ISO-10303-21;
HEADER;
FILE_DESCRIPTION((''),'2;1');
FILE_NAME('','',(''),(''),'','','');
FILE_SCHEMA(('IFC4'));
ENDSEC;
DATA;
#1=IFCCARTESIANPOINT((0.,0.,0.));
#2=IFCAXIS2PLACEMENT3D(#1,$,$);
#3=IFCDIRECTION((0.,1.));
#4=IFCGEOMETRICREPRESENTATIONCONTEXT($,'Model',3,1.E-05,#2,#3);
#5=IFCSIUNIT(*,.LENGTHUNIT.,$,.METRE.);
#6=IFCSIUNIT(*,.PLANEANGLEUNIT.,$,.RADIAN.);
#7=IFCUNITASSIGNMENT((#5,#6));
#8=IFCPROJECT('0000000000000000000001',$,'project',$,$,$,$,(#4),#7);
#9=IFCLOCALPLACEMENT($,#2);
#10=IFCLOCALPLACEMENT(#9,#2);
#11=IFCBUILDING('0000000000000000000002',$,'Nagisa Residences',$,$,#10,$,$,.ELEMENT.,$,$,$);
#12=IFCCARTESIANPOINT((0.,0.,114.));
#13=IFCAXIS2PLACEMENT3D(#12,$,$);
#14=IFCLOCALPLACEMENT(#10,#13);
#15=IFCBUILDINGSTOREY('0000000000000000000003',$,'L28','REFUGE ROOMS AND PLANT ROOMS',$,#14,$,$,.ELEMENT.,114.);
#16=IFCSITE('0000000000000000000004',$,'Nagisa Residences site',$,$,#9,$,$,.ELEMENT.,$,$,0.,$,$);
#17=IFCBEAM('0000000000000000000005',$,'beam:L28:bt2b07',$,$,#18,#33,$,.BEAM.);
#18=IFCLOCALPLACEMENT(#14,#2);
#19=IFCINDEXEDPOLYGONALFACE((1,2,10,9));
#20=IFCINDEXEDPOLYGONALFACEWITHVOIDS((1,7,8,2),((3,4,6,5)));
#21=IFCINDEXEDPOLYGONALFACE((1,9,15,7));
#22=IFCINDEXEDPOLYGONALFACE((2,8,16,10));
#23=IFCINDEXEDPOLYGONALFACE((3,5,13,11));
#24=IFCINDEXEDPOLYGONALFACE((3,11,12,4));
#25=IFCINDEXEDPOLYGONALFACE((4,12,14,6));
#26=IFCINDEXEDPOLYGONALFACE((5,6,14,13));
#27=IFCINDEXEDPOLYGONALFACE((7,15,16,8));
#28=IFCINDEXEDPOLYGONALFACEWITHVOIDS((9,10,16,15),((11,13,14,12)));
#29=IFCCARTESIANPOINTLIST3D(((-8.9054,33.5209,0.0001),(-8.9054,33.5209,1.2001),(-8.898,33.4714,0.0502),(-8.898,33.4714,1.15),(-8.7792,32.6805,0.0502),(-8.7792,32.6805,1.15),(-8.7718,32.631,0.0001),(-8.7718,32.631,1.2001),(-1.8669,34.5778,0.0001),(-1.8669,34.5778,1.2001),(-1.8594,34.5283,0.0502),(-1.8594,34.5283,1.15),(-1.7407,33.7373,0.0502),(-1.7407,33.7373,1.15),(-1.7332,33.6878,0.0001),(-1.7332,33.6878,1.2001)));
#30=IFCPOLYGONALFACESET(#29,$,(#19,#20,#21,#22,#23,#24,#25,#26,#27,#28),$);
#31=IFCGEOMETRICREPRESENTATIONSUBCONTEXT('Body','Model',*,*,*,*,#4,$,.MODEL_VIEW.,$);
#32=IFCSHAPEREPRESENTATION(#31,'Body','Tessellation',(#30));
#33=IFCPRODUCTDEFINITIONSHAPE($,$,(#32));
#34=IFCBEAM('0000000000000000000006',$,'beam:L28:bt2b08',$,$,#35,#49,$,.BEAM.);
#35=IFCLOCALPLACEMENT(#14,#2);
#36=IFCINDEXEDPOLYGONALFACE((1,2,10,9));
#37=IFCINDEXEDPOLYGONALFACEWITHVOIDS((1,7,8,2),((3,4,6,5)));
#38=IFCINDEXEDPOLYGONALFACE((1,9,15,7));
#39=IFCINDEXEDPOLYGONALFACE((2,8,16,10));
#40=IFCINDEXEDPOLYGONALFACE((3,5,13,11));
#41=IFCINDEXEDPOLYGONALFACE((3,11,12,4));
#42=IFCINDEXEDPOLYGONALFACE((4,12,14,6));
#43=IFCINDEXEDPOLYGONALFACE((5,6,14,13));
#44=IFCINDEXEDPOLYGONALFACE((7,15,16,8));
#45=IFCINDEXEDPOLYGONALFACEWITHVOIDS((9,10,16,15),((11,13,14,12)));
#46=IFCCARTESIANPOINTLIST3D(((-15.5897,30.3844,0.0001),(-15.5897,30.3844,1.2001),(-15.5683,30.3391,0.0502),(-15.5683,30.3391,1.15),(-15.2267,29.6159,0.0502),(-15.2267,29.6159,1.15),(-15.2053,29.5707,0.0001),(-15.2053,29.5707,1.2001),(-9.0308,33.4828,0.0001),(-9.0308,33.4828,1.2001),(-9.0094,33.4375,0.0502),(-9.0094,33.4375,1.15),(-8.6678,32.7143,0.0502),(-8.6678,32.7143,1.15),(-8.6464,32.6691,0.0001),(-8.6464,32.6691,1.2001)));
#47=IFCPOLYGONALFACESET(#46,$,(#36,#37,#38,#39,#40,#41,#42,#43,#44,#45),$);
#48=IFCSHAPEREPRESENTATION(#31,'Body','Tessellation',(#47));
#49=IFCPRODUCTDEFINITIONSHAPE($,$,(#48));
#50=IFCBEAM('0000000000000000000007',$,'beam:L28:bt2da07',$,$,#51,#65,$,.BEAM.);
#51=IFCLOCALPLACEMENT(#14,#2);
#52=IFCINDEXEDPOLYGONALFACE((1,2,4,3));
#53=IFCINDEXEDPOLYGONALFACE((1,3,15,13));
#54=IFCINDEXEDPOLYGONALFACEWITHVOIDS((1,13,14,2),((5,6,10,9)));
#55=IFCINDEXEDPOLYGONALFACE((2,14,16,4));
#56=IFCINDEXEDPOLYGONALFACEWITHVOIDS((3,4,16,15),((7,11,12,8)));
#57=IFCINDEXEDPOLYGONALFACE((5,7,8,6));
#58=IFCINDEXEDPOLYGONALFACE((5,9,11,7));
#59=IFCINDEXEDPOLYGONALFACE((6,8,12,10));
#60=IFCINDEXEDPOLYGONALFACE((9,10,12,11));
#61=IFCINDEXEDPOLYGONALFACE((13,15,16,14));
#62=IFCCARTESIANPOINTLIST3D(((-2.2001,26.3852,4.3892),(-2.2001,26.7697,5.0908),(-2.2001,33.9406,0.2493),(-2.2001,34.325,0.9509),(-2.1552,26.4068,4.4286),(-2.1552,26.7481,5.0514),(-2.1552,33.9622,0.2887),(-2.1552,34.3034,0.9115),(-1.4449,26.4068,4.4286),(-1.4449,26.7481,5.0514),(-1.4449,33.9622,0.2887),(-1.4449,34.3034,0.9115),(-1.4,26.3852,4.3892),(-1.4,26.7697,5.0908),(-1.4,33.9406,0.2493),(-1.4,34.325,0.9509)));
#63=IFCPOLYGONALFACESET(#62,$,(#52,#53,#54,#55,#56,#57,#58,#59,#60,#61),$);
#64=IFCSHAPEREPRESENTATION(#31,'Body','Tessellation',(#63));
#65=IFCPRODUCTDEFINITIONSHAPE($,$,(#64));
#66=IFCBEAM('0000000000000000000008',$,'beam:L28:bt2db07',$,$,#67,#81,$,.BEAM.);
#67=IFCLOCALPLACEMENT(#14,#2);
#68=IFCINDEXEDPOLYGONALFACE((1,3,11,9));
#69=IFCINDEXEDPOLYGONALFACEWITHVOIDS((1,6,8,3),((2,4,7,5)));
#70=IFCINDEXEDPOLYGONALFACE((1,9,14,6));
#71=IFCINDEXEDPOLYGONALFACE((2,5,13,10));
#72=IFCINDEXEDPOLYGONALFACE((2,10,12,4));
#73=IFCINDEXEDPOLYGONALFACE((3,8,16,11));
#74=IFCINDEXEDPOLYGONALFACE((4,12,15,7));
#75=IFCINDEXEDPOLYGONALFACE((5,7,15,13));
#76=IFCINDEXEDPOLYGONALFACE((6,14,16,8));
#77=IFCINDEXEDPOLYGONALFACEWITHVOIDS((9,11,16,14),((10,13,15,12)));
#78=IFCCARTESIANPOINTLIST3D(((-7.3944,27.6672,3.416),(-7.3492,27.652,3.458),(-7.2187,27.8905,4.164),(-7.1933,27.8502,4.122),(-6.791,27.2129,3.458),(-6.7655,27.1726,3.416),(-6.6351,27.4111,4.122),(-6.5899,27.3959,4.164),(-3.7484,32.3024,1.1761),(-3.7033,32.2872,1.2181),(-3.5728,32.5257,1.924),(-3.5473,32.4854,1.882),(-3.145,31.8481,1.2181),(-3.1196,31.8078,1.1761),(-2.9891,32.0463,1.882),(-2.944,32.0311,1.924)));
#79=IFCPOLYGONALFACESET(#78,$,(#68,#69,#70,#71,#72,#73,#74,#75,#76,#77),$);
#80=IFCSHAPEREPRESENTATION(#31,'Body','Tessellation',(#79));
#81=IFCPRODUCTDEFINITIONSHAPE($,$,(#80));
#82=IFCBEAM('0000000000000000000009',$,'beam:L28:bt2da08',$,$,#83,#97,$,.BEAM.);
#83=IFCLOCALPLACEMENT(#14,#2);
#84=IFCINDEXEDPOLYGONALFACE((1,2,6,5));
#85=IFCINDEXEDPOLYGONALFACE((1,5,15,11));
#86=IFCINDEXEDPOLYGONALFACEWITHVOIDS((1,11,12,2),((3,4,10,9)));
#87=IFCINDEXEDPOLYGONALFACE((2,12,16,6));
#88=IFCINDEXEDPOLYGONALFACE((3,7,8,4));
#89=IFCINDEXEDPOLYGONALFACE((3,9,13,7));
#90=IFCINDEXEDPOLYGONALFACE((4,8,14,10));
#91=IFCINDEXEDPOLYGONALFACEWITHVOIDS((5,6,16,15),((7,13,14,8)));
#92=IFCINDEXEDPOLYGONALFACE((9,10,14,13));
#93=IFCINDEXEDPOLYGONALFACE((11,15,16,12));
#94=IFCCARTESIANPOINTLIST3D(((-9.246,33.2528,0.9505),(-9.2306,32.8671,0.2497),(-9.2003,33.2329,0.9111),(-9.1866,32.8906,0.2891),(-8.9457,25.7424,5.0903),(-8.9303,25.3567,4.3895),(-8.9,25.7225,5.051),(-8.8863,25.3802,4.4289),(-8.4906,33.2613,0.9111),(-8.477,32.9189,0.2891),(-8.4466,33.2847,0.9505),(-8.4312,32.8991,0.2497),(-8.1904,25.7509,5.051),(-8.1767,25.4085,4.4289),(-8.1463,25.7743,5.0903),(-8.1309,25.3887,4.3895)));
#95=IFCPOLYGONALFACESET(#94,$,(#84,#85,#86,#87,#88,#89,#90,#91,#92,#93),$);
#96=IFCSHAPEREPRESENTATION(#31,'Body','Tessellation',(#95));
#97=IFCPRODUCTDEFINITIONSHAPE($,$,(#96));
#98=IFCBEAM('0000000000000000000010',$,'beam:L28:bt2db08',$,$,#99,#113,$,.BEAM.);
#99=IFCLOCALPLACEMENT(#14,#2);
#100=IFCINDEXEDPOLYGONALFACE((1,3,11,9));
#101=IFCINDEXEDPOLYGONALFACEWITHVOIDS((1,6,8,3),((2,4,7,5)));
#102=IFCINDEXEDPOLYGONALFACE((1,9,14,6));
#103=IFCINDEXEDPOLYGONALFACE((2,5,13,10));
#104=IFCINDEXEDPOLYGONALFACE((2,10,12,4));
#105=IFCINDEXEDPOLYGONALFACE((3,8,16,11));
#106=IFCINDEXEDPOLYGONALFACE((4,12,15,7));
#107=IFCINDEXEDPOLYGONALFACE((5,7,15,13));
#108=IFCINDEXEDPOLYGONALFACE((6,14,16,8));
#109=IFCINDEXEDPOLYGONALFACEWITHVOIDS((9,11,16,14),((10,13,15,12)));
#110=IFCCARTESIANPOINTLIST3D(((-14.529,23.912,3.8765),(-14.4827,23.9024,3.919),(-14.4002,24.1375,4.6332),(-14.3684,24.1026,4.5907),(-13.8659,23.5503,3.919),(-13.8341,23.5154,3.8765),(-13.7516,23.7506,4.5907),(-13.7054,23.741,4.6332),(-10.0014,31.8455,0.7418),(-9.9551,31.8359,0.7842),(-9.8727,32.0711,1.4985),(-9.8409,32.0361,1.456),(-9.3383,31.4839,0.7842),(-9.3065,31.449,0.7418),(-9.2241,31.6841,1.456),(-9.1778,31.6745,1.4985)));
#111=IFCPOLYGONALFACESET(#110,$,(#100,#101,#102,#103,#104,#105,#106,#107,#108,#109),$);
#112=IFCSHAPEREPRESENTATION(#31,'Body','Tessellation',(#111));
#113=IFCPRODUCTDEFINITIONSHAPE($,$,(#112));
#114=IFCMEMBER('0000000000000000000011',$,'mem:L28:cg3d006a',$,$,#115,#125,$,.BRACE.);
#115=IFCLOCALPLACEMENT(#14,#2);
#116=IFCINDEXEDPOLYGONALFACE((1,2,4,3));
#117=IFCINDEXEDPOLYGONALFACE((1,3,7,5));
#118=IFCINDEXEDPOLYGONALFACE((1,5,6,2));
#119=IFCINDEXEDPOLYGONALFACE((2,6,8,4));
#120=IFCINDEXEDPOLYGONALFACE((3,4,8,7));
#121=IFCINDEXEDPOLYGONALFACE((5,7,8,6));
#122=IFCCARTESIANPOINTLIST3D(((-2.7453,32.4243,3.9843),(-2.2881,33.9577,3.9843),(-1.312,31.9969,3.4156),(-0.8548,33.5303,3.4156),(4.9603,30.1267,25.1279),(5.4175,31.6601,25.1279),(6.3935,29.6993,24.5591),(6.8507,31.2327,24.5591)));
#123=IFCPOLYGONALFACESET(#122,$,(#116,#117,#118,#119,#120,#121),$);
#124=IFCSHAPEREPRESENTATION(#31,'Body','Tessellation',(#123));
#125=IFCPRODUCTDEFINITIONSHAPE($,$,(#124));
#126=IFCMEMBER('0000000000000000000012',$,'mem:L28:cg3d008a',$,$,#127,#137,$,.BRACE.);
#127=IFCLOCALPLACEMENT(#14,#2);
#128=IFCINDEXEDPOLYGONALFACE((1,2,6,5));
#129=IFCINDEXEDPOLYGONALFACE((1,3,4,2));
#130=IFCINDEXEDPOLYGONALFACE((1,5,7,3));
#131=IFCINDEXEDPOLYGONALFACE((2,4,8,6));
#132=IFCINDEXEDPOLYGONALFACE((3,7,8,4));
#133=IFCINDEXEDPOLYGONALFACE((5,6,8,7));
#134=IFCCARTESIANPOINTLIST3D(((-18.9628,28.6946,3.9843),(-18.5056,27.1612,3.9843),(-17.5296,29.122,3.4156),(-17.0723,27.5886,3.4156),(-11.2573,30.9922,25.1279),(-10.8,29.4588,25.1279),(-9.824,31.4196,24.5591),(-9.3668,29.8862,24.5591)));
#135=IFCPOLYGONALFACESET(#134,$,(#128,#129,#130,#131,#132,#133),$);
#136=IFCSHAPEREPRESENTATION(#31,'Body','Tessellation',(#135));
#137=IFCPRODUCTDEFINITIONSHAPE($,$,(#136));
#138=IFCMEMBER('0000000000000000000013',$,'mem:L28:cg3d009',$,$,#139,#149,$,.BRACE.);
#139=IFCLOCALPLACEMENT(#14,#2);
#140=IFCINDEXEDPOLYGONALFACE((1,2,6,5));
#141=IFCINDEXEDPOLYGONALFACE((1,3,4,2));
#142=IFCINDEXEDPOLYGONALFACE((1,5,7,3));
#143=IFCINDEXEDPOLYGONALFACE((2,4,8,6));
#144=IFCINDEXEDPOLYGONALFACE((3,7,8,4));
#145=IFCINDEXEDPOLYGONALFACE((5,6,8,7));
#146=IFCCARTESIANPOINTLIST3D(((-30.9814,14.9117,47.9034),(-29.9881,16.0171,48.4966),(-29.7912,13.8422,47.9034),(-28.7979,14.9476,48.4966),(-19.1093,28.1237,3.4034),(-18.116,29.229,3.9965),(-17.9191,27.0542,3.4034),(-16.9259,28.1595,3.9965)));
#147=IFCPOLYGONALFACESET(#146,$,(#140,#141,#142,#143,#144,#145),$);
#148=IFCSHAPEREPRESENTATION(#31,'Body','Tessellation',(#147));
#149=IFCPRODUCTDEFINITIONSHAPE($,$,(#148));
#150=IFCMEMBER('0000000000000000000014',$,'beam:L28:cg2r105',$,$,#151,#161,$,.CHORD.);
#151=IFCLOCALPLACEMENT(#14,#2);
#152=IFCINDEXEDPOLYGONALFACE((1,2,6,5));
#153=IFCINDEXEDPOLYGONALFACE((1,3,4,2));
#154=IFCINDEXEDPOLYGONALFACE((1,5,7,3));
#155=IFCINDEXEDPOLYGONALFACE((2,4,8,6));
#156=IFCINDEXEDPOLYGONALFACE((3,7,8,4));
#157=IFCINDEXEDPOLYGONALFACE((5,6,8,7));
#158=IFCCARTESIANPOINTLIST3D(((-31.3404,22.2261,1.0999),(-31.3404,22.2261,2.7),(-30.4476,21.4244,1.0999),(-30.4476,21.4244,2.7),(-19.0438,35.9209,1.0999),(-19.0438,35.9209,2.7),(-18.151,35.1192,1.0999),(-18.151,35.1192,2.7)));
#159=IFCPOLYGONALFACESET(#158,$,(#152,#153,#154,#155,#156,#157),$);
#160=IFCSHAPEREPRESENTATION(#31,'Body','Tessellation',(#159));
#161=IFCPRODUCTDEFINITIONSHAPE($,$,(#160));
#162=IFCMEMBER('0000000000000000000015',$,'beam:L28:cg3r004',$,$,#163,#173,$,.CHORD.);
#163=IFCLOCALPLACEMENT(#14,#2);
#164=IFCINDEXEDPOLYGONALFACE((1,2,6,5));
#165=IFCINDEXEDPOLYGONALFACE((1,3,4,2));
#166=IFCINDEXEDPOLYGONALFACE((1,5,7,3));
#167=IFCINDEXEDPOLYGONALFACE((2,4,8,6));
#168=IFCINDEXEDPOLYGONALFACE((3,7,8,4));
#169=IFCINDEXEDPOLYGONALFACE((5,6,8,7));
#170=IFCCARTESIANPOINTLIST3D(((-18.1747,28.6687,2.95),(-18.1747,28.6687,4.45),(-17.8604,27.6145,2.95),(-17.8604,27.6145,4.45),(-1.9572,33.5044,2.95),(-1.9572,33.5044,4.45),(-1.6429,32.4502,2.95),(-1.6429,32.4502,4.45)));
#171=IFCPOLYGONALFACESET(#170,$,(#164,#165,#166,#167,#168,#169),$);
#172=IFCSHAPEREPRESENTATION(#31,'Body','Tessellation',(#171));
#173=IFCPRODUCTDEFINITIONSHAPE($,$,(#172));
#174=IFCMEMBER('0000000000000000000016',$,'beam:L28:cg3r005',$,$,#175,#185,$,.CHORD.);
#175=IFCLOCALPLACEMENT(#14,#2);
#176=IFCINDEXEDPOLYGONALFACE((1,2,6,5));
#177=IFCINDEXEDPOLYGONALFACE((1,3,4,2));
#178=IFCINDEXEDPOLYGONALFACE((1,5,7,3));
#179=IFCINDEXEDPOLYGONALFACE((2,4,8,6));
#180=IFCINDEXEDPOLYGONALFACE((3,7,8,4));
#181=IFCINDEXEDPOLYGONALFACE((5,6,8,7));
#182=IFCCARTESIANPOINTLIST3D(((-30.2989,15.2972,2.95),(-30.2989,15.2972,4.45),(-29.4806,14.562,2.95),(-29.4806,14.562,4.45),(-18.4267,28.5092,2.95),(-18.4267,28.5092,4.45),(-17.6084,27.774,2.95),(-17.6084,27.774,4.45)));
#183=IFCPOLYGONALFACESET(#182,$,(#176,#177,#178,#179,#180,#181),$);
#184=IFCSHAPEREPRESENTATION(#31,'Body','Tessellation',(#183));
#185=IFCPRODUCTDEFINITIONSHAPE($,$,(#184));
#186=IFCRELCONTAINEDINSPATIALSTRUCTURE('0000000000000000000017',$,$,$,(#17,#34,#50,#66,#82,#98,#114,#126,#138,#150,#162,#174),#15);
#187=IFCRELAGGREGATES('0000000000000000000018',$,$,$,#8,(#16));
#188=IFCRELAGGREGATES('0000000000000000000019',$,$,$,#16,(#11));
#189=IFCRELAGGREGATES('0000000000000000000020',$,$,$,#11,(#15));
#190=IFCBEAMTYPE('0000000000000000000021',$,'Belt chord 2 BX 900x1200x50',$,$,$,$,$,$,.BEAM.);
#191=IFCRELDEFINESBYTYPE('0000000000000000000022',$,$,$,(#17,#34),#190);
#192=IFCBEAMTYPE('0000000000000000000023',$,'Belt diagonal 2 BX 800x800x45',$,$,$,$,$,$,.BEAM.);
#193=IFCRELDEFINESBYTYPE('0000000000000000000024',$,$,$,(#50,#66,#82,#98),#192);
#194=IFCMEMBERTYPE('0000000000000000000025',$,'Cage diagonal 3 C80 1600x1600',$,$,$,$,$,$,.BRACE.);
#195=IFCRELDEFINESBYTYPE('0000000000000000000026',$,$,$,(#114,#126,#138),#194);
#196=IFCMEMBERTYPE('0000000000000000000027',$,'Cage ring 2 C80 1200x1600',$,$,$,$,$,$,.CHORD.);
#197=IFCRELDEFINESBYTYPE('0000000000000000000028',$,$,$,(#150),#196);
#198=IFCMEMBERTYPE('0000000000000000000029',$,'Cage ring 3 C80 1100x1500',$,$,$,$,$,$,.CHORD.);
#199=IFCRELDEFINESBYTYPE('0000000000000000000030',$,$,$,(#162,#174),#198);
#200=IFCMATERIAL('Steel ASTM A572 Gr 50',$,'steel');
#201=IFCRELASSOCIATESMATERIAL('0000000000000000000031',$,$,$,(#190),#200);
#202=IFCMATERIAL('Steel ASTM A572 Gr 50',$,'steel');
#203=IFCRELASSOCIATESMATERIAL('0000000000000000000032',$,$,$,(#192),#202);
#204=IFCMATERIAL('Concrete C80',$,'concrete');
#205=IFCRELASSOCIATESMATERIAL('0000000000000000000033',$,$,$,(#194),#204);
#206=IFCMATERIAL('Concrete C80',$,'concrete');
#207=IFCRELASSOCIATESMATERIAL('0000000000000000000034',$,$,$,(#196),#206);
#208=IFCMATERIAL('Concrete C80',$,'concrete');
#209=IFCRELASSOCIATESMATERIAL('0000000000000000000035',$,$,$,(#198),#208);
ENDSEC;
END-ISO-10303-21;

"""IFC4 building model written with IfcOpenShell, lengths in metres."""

from ifc_helpers import new_model, si_unit, direction, frame, origin, origin_2d, place, context, subcontext, project, spatial, rectangle, hollow_rectangle, extrude, material, material_profile, profile_set, type_object, element, save


model = new_model("IFC4")

# Units and contexts
model_context = context("Model", 3, precision=1e-05, world=origin(), true_north=direction((0.0, 1.0)))
body_context = subcontext(model_context, "Body", "Model", "MODEL_VIEW")
ifc_project = project(units=[si_unit("LENGTHUNIT", "METRE"), si_unit("PLANEANGLEUNIT", "RADIAN")], contexts=[model_context])

# Site, building, storey
site_placement = place(None, origin())
site = spatial("IfcSite", under=ifc_project, at=site_placement, Name="Nagisa Residences site", CompositionType="ELEMENT", RefElevation=0.0)
building_placement = place(site_placement, origin())
building = spatial("IfcBuilding", under=site, at=building_placement, Name="Nagisa Residences", CompositionType="ELEMENT")
storey_placement = place(building_placement, frame((0.0, 0.0, 114.0)))
storey = spatial("IfcBuildingStorey", under=building, at=storey_placement, Name="L28", Description="REFUGE ROOMS AND PLANT ROOMS", CompositionType="ELEMENT", Elevation=114.0)

# Beams
ifc_material_1 = material(Name="Steel ASTM A572 Gr 50", Category="steel")
ifc_material_profile_1 = material_profile(ifc_material_1, hollow_rectangle(XDim=0.8999, YDim=1.2, WallThickness=0.05, at=origin_2d()), Name="BX 900x1200x50")
ifc_profile_set_1 = profile_set([ifc_material_profile_1], Name="Steel ASTM A572 Gr 50")
beam_type_1 = type_object("IfcBeamType", Name="Belt chord 2 BX 900x1200x50", PredefinedType="BEAM", material=ifc_profile_set_1)
beam_1_placement = place(storey_placement, frame((-1.8, 34.1328, 0.6001), z_axis=(-0.988914, -0.148491, 0.0), x_axis=(0.148491, -0.988914, 0.0)))
element("IfcBeam", 1, at=beam_1_placement, inside=storey, type_object=beam_type_1, Name="beam:L28:bt2b07", PredefinedType="BEAM", context=body_context, shape_type="SweptSolid", body=[
    extrude(hollow_rectangle(XDim=0.8999, YDim=1.2, WallThickness=0.05, at=origin_2d()), origin(), (0.0, 0.0, 1.0), 7.1174),
])
beam_2_placement = place(storey_placement, frame((-8.8386, 33.0759, 0.6001), z_axis=(-0.904187, -0.427137, 0.0), x_axis=(0.427137, -0.904187, 0.0)))
element("IfcBeam", 2, at=beam_2_placement, inside=storey, type_object=beam_type_1, Name="beam:L28:bt2b08", PredefinedType="BEAM", context=body_context, shape_type="SweptSolid", body=[
    extrude(hollow_rectangle(XDim=0.8999, YDim=1.2, WallThickness=0.05, at=origin_2d()), origin(), (0.0, 0.0, 1.0), 7.2539),
])
ifc_material_2 = material(Name="Steel ASTM A572 Gr 50", Category="steel")
ifc_material_profile_2 = material_profile(ifc_material_2, hollow_rectangle(XDim=0.8, YDim=0.8, WallThickness=0.0449, at=origin_2d()), Name="BX 800x800x45")
ifc_profile_set_2 = profile_set([ifc_material_profile_2], Name="Steel ASTM A572 Gr 50")
beam_type_2 = type_object("IfcBeamType", Name="Belt diagonal 2 BX 800x800x45", PredefinedType="BEAM", material=ifc_profile_set_2)
beam_3_placement = place(storey_placement, frame((-1.8, 34.1328, 0.6001), z_axis=(0.0, -0.876979, 0.480529), x_axis=(1.0, 0.0, 0.0)))
element("IfcBeam", 3, at=beam_3_placement, inside=storey, type_object=beam_type_2, Name="beam:L28:bt2da07", PredefinedType="BEAM", context=body_context, shape_type="SweptSolid", body=[
    extrude(hollow_rectangle(XDim=0.8, YDim=0.8, WallThickness=0.0449, at=origin_2d()), origin(), (0.0, 0.0, 1.0), 8.6152),
])
beam_4_placement = place(storey_placement, frame((-3.3462, 32.1667, 1.55), z_axis=(-0.577955, -0.73477, 0.355078), x_axis=(0.785988, -0.618242, 0.0)))
element("IfcBeam", 4, at=beam_4_placement, inside=storey, type_object=beam_type_2, Name="beam:L28:bt2db07", PredefinedType="BEAM", context=body_context, shape_type="SweptSolid", body=[
    extrude(hollow_rectangle(XDim=0.8, YDim=0.8, WallThickness=0.0449, at=origin_2d()), origin(), (0.0, 0.0, 1.0), 6.3083),
])
beam_5_placement = place(storey_placement, frame((-8.8386, 33.0759, 0.6001), z_axis=(0.034994, -0.87523, 0.482439), x_axis=(0.999202, 0.039951, 0.0)))
element("IfcBeam", 5, at=beam_5_placement, inside=storey, type_object=beam_type_2, Name="beam:L28:bt2da08", PredefinedType="BEAM", context=body_context, shape_type="SweptSolid", body=[
    extrude(hollow_rectangle(XDim=0.8, YDim=0.8, WallThickness=0.0449, at=origin_2d()), origin(), (0.0, 0.0, 1.0), 8.5811),
])
beam_6_placement = place(storey_placement, frame((-9.5896, 31.76, 1.1201), z_axis=(-0.468815, -0.821494, 0.324593), x_axis=(0.868521, -0.495652, 0.0)))
element("IfcBeam", 6, at=beam_6_placement, inside=storey, type_object=beam_type_2, Name="beam:L28:bt2db08", PredefinedType="BEAM", context=body_context, shape_type="SweptSolid", body=[
    extrude(hollow_rectangle(XDim=0.8, YDim=0.8, WallThickness=0.0449, at=origin_2d()), origin(), (0.0, 0.0, 1.0), 9.6575),
])

# Members
ifc_material_3 = material(Name="Concrete C80", Category="concrete")
ifc_material_profile_3 = material_profile(ifc_material_3, rectangle(XDim=1.6001, YDim=1.6001, at=origin_2d()), Name="C80 1600x1600")
ifc_profile_set_3 = profile_set([ifc_material_profile_3], Name="Concrete C80")
member_type_1 = type_object("IfcMemberType", Name="Cage diagonal 3 C80 1600x1600", PredefinedType="BRACE", material=ifc_profile_set_3)
for number, where, z_axis, x_axis, name in (
    (7, (-1.8, 32.9773, 3.7), (0.340639, -0.10157, 0.934692), (0.285743, 0.958306, 0.0), "mem:L28:cg3d006a"),
    (8, (-18.0176, 28.1416, 3.7), (0.340639, 0.10157, 0.934692), (-0.285743, 0.958306, 0.0), "mem:L28:cg3d008a"),
):
    element("IfcMember", number, at=place(storey_placement, frame(where, z_axis=z_axis, x_axis=x_axis)), inside=storey, type_object=member_type_1, Name=name, PredefinedType="BRACE", context=body_context, shape_type="SweptSolid", body=[
        extrude(rectangle(XDim=1.6001, YDim=1.6001, at=origin_2d()), origin(), (0.0, 0.0, 1.0), 22.6208),
    ])
member_1_placement = place(storey_placement, frame((-18.0176, 28.1416, 3.7), z_axis=(-0.247779, -0.275742, 0.928747), x_axis=(0.743816, -0.668384, 0.0)))
element("IfcMember", 9, at=member_1_placement, inside=storey, type_object=member_type_1, Name="mem:L28:cg3d009", PredefinedType="BRACE", context=body_context, shape_type="SweptSolid", body=[
    extrude(rectangle(XDim=1.6001, YDim=1.6001, at=origin_2d()), origin(), (0.0, 0.0, 1.0), 47.9141),
])
ifc_material_4 = material(Name="Concrete C80", Category="concrete")
ifc_material_profile_4 = material_profile(ifc_material_4, rectangle(XDim=1.2, YDim=1.6001, at=origin_2d()), Name="C80 1200x1600")
ifc_profile_set_4 = profile_set([ifc_material_profile_4], Name="Concrete C80")
member_type_2 = type_object("IfcMemberType", Name="Cage ring 2 C80 1200x1600", PredefinedType="CHORD", material=ifc_profile_set_4)
member_2_placement = place(storey_placement, frame((-18.5974, 35.52, 1.8999), z_axis=(-0.668102, -0.744069, 0.0), x_axis=(0.744069, -0.668102, 0.0)))
element("IfcMember", 10, at=member_2_placement, inside=storey, type_object=member_type_2, Name="beam:L28:cg2r105", PredefinedType="CHORD", context=body_context, shape_type="SweptSolid", body=[
    extrude(rectangle(XDim=1.2, YDim=1.6001, at=origin_2d()), origin(), (0.0, 0.0, 1.0), 18.4053),
])
ifc_material_5 = material(Name="Concrete C80", Category="concrete")
ifc_material_profile_5 = material_profile(ifc_material_5, rectangle(XDim=1.1001, YDim=1.5, at=origin_2d()), Name="C80 1100x1500")
ifc_profile_set_5 = profile_set([ifc_material_profile_5], Name="Concrete C80")
member_type_3 = type_object("IfcMemberType", Name="Cage ring 3 C80 1100x1500", PredefinedType="CHORD", material=ifc_profile_set_5)
member_3_placement = place(storey_placement, frame((-1.8, 32.9773, 3.7), z_axis=(-0.958306, -0.285745, 0.0), x_axis=(0.285745, -0.958306, 0.0)))
element("IfcMember", 11, at=member_3_placement, inside=storey, type_object=member_type_3, Name="beam:L28:cg3r004", PredefinedType="CHORD", context=body_context, shape_type="SweptSolid", body=[
    extrude(rectangle(XDim=1.1001, YDim=1.5, at=origin_2d()), origin(), (0.0, 0.0, 1.0), 16.9231),
])
member_4_placement = place(storey_placement, frame((-18.0176, 28.1416, 3.7), z_axis=(-0.668384, -0.743816, 0.0), x_axis=(0.743816, -0.668384, 0.0)))
element("IfcMember", 12, at=member_4_placement, inside=storey, type_object=member_type_3, Name="beam:L28:cg3r005", PredefinedType="CHORD", context=body_context, shape_type="SweptSolid", body=[
    extrude(rectangle(XDim=1.1001, YDim=1.5, at=origin_2d()), origin(), (0.0, 0.0, 1.0), 17.7625),
])

save(model, "model.ifc")
